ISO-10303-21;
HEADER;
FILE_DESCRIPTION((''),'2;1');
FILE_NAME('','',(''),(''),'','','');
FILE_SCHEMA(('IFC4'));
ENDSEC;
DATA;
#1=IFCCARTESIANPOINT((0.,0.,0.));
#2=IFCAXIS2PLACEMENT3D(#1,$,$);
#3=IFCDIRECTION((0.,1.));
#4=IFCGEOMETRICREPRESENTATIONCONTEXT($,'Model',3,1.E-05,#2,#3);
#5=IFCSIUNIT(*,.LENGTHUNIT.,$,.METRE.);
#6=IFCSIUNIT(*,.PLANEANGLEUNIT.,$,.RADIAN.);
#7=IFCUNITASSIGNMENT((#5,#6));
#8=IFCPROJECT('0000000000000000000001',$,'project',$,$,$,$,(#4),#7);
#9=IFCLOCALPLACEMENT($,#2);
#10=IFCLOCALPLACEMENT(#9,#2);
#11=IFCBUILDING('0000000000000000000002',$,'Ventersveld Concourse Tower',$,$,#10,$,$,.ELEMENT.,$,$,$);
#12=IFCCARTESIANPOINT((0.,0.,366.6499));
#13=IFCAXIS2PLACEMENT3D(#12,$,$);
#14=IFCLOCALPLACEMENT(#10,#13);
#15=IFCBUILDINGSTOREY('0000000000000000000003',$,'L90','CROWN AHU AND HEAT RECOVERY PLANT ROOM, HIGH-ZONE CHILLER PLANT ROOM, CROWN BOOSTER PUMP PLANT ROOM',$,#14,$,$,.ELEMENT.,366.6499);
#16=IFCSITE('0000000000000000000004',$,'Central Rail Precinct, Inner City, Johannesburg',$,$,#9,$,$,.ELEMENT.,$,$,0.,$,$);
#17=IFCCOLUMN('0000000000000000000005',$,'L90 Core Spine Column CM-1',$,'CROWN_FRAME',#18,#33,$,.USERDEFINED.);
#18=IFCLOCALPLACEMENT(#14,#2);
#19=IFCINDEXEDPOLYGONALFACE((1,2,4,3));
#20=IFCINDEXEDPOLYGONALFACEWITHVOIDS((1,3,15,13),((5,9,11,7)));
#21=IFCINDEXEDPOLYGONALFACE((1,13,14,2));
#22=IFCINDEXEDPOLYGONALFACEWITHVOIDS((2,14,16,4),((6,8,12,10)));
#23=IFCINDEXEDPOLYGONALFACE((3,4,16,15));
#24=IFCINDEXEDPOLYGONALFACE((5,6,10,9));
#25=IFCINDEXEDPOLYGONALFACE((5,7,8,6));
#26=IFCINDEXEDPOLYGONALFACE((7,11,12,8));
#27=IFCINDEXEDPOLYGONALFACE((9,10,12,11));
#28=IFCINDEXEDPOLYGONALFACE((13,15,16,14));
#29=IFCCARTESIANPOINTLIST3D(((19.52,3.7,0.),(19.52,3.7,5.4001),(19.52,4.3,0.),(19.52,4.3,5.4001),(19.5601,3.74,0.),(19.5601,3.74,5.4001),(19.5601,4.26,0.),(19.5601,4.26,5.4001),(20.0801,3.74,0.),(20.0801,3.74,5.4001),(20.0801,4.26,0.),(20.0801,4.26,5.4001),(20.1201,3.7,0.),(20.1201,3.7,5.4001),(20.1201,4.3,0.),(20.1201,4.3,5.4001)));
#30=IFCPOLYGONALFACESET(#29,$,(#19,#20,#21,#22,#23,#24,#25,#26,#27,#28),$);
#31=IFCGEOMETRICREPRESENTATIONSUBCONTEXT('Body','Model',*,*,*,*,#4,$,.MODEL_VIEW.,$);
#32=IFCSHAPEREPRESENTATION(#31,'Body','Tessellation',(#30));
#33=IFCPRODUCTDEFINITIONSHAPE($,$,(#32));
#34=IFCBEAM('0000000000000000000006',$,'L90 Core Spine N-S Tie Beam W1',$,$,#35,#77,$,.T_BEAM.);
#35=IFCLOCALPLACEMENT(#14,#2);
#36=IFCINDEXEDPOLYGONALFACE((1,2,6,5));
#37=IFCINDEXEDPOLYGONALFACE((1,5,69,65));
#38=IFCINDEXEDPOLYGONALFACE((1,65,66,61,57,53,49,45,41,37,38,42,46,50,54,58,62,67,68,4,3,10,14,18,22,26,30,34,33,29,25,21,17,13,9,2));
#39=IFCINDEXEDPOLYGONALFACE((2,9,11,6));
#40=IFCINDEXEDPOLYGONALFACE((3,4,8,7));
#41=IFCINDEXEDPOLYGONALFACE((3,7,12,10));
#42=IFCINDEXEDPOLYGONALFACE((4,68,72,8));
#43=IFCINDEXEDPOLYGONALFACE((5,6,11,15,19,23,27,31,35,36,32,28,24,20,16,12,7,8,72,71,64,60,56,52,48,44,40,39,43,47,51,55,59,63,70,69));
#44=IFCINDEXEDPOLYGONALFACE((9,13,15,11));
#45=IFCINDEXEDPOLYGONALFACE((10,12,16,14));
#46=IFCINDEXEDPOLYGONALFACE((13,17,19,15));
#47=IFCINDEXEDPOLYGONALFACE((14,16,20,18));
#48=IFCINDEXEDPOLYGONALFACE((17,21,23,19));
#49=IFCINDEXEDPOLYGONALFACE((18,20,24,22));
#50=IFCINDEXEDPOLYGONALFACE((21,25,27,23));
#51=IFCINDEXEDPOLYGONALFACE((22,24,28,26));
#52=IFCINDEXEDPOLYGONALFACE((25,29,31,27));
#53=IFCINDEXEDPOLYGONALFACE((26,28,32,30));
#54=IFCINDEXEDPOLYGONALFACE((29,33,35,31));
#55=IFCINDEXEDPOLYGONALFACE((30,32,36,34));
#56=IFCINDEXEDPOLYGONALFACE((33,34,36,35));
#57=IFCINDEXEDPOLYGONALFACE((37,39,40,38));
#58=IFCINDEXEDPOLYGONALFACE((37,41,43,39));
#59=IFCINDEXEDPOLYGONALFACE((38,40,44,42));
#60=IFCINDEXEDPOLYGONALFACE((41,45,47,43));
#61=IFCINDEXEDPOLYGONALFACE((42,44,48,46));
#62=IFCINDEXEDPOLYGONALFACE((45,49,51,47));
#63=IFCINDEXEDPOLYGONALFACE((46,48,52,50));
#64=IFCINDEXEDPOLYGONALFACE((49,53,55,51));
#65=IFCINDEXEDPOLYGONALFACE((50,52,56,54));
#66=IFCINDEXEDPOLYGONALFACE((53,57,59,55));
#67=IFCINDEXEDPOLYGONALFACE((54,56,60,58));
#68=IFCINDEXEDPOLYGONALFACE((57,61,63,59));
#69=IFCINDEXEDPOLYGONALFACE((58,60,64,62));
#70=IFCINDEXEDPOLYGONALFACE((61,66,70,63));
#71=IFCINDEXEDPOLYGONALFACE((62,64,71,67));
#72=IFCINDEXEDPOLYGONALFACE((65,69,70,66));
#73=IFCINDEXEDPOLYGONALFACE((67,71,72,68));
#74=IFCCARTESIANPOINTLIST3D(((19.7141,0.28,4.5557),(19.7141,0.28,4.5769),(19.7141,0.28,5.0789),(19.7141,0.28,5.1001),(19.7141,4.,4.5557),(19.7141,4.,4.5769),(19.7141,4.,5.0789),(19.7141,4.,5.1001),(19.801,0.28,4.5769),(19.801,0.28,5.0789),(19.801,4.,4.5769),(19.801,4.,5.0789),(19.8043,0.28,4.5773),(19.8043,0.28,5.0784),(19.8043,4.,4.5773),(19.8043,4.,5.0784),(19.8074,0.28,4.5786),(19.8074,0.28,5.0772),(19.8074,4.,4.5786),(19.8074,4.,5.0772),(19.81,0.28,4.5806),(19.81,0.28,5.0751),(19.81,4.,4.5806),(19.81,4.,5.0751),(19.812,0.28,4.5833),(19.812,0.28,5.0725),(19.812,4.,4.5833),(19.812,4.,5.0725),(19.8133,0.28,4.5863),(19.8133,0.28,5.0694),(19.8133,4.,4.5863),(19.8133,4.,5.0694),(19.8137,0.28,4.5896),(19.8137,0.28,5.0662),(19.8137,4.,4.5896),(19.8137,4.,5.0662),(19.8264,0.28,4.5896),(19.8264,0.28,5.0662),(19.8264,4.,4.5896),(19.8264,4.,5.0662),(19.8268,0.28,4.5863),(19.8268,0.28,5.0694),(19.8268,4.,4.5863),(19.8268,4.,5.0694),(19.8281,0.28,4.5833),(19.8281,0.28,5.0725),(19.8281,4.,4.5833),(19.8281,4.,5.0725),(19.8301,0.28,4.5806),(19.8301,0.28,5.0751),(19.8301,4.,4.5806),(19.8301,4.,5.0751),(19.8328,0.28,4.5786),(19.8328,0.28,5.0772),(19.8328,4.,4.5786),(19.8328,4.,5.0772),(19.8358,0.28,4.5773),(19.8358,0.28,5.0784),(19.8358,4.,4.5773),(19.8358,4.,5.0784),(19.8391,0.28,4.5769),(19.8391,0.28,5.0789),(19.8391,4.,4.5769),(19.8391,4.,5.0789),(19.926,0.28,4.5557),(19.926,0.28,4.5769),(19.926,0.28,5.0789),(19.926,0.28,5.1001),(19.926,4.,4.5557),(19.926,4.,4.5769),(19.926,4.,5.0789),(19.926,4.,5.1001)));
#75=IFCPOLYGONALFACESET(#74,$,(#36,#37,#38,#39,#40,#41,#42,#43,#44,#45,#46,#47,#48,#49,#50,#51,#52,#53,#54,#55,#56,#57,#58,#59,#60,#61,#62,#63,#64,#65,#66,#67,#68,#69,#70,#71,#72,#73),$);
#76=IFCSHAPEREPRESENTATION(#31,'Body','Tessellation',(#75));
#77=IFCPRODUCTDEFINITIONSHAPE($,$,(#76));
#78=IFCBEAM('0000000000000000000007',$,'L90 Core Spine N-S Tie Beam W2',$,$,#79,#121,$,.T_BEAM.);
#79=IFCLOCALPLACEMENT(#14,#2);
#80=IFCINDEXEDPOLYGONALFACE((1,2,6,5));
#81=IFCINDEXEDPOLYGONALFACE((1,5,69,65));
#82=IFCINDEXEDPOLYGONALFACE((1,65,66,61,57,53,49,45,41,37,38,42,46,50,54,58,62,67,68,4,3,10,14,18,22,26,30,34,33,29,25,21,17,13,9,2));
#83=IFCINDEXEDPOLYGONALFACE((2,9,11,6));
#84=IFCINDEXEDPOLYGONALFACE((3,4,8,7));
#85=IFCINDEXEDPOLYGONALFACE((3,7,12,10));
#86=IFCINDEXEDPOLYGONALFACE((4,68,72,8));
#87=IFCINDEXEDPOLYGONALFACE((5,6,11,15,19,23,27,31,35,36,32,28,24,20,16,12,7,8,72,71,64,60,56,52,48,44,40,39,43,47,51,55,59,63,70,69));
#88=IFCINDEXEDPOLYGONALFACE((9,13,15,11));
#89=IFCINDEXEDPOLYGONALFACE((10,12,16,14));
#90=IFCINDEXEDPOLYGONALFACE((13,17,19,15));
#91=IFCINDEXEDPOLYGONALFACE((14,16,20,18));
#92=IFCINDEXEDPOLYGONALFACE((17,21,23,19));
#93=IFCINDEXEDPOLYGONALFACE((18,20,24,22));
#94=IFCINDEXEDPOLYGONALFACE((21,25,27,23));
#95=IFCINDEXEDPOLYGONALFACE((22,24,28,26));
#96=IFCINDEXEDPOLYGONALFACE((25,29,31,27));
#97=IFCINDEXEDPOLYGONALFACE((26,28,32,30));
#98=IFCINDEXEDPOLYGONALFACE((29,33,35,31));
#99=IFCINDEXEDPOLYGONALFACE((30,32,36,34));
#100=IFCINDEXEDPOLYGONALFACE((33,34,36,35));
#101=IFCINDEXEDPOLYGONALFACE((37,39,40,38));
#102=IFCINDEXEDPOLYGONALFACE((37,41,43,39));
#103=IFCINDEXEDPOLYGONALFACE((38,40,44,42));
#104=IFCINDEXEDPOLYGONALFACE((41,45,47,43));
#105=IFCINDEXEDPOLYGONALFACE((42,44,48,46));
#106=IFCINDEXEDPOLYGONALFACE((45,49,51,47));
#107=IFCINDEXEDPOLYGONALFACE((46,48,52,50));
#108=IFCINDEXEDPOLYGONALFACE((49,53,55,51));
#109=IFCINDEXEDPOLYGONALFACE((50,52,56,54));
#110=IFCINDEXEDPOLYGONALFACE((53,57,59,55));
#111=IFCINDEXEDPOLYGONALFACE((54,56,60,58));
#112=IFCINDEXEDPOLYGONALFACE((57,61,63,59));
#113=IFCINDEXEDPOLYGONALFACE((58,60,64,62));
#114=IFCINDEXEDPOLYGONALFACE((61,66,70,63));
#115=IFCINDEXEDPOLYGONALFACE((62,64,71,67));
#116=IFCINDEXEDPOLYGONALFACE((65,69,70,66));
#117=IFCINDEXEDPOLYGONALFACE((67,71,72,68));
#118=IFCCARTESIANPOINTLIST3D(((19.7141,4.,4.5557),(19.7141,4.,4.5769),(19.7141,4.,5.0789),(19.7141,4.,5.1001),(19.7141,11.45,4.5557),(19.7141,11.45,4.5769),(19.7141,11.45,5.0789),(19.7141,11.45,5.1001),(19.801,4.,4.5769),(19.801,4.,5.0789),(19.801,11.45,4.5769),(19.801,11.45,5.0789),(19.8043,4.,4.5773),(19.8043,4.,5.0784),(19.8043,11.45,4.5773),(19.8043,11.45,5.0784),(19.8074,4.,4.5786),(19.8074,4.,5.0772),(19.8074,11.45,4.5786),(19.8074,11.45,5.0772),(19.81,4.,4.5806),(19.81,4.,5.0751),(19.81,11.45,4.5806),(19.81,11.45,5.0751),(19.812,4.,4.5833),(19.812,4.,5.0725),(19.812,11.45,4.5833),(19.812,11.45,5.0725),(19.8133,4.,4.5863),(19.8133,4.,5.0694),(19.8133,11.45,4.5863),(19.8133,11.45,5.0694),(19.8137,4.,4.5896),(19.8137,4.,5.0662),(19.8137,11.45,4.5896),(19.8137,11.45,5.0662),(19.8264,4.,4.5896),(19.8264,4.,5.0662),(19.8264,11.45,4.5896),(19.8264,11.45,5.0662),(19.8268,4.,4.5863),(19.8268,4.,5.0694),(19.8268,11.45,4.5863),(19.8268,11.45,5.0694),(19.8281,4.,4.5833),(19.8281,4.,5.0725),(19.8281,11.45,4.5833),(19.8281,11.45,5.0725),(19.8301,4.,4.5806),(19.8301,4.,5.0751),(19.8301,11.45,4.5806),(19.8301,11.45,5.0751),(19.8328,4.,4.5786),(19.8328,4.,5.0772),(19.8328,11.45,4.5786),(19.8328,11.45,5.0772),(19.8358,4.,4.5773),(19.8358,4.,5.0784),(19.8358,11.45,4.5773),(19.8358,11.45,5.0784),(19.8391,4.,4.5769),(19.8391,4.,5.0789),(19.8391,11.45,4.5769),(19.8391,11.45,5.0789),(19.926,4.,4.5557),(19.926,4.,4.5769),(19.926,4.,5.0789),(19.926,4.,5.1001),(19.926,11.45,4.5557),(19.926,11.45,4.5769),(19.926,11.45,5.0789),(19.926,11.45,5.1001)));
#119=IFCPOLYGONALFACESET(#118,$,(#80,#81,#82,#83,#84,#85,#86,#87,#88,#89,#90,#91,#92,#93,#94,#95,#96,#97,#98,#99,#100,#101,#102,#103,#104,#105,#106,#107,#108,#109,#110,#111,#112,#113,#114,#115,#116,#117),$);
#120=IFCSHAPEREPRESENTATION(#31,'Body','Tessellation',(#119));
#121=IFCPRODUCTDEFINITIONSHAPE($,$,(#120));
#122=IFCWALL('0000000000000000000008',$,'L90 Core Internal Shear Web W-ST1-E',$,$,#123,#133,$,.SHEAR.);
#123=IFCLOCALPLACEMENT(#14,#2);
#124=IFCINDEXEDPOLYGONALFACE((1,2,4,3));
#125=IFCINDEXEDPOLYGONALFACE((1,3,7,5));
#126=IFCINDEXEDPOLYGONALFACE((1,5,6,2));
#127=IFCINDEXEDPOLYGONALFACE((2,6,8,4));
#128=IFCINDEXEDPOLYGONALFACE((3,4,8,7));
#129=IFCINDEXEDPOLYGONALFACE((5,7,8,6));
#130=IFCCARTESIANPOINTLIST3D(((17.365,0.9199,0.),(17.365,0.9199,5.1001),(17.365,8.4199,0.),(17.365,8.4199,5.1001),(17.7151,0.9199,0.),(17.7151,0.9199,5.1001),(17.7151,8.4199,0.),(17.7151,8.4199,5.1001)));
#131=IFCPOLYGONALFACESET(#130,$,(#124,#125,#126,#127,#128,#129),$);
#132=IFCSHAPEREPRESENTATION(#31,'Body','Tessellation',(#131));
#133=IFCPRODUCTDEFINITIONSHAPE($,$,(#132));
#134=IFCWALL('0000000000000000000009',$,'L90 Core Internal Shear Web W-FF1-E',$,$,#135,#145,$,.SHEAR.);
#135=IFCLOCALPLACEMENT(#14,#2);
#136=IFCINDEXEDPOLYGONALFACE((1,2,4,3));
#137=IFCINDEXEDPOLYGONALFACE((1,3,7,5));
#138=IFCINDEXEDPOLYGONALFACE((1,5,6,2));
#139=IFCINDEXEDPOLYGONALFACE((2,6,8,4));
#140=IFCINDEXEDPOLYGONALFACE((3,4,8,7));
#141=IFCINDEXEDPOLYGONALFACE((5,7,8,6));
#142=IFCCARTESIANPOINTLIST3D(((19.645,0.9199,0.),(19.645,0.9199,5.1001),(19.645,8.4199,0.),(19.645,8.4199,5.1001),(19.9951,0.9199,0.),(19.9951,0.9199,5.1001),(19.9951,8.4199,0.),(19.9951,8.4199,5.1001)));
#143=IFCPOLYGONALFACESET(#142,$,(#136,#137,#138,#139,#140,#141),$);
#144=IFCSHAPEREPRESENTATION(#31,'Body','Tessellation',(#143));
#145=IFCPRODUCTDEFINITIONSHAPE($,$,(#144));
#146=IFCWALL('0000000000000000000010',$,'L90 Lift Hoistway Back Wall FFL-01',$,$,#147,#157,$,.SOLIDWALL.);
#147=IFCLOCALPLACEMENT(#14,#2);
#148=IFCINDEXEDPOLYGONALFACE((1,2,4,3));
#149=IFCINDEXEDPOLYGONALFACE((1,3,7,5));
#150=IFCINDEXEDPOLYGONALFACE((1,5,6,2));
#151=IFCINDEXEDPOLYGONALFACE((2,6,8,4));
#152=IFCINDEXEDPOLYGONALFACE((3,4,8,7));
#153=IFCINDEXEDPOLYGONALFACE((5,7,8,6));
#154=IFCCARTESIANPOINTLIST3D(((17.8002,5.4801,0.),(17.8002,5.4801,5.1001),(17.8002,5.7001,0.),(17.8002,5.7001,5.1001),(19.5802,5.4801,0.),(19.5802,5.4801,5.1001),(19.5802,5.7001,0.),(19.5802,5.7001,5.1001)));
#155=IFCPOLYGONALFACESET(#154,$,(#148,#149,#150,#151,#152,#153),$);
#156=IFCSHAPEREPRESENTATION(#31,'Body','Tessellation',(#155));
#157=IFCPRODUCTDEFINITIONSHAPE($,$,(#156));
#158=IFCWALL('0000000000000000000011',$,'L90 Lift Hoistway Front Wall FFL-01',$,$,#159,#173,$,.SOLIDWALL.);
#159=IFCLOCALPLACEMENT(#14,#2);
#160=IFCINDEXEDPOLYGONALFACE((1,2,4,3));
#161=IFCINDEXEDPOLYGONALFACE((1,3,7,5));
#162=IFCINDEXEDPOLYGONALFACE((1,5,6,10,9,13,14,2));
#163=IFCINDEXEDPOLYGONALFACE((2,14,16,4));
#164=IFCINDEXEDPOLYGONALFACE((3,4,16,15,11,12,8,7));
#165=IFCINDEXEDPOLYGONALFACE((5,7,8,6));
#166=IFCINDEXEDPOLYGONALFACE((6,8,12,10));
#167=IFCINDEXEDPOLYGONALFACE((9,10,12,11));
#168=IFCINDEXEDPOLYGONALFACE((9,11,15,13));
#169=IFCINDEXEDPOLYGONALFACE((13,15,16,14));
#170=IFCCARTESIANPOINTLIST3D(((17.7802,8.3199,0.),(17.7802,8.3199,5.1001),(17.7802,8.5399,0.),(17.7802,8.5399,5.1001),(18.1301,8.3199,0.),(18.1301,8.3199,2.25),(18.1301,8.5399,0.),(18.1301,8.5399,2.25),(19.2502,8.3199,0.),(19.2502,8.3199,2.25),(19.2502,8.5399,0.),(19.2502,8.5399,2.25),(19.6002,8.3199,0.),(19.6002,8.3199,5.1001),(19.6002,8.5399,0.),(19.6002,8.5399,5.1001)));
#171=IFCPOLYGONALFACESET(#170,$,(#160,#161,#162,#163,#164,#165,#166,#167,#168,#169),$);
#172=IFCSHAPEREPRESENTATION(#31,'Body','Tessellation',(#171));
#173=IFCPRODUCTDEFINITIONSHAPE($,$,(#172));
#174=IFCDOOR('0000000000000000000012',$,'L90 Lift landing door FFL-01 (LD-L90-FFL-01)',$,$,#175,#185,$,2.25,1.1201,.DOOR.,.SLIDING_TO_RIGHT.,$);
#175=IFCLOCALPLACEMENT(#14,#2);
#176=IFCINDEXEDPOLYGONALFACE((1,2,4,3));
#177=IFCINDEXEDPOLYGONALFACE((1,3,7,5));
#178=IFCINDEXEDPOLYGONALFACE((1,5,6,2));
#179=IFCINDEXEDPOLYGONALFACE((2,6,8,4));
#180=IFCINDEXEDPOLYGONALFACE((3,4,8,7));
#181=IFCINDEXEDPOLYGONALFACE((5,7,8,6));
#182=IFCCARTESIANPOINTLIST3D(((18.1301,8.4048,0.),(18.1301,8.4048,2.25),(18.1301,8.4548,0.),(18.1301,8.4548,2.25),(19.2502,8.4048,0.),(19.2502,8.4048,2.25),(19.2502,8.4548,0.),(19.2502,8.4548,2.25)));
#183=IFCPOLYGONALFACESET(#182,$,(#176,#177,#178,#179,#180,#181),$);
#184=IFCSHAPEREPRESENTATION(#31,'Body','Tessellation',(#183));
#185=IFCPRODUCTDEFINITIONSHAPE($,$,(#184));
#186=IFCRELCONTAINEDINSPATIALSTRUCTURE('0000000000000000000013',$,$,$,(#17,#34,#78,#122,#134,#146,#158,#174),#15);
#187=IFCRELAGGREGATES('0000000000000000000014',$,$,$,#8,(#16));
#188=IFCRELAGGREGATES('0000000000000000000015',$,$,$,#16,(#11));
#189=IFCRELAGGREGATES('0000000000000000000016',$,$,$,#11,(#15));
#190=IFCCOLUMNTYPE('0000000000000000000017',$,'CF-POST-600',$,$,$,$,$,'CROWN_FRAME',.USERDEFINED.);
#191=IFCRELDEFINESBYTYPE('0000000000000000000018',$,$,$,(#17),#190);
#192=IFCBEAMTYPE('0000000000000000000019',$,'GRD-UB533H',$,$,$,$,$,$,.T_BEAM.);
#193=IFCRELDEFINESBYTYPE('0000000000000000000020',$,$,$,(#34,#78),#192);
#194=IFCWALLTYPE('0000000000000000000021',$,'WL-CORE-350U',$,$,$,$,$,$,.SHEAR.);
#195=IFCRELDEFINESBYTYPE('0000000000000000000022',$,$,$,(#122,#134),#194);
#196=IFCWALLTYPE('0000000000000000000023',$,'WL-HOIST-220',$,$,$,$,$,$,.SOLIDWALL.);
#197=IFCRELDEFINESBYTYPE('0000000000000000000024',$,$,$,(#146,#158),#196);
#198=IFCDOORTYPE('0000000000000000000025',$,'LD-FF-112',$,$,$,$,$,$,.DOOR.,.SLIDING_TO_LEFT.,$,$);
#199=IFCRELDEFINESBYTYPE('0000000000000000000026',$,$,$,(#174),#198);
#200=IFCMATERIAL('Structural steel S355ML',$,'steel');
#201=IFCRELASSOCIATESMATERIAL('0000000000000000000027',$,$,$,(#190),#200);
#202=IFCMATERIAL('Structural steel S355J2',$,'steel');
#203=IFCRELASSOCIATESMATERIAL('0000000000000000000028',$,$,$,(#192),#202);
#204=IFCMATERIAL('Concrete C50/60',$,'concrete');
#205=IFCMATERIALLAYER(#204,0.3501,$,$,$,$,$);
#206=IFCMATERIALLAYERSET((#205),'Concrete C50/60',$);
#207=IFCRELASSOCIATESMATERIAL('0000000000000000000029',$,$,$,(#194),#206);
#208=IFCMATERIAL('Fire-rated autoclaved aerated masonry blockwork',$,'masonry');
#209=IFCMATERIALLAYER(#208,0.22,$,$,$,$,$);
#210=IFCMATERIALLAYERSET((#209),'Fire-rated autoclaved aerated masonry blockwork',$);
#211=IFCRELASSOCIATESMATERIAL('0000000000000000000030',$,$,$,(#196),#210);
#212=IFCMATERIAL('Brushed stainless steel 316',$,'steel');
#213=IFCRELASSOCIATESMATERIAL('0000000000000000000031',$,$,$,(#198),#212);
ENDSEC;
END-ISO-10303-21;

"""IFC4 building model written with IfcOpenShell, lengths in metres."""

from ifc_helpers import new_model, si_unit, direction, frame, frame_2d, origin, origin_2d, place, context, subcontext, project, spatial, rectangle, hollow_rectangle, i_section, extrude, material, layer, layer_set, material_profile, profile_set, type_object, element, fill, save


model = new_model("IFC4")

# Units and contexts
model_context = context("Model", 3, precision=1e-05, world=origin(), true_north=direction((0.0, 1.0)))
body_context = subcontext(model_context, "Body", "Model", "MODEL_VIEW")
ifc_project = project(units=[si_unit("LENGTHUNIT", "METRE"), si_unit("PLANEANGLEUNIT", "RADIAN")], contexts=[model_context])

# Site, building, storey
site_placement = place(None, origin())
site = spatial("IfcSite", under=ifc_project, at=site_placement, Name="Central Rail Precinct, Inner City, Johannesburg", CompositionType="ELEMENT", RefElevation=0.0)
building_placement = place(site_placement, origin())
building = spatial("IfcBuilding", under=site, at=building_placement, Name="Ventersveld Concourse Tower", CompositionType="ELEMENT")
storey_placement = place(building_placement, frame((0.0, 0.0, 366.6499)))
storey = spatial("IfcBuildingStorey", under=building, at=storey_placement, Name="L90", Description="CROWN AHU AND HEAT RECOVERY PLANT ROOM, HIGH-ZONE CHILLER PLANT ROOM, CROWN BOOSTER PUMP PLANT ROOM", CompositionType="ELEMENT", Elevation=366.6499)

# Column
ifc_material_1 = material(Name="Structural steel S355ML", Category="steel")
ifc_material_profile_1 = material_profile(ifc_material_1, hollow_rectangle(XDim=0.6001, YDim=0.6001, WallThickness=0.04, at=origin_2d()), Name="BOX 600x600x40")
ifc_profile_set_1 = profile_set([ifc_material_profile_1], Name="Structural steel S355ML")
column_type = type_object("IfcColumnType", Name="CF-POST-600", ElementType="CROWN_FRAME", PredefinedType="USERDEFINED", material=ifc_profile_set_1)
column_placement = place(storey_placement, frame((19.8201, 4.0, 0.0), z_axis=(0.0, 0.0, 1.0), x_axis=(1.0, 0.0, 0.0)))
element("IfcColumn", 1, at=column_placement, inside=storey, type_object=column_type, Name="L90 Core Spine Column CM-1", ObjectType="CROWN_FRAME", PredefinedType="USERDEFINED", context=body_context, shape_type="SweptSolid", body=[
    extrude(hollow_rectangle(XDim=0.6001, YDim=0.6001, WallThickness=0.04, at=origin_2d()), origin(), (0.0, 0.0, 1.0), 5.4001),
])

# Beams
ifc_material_2 = material(Name="Structural steel S355J2", Category="steel")
ifc_material_profile_2 = material_profile(ifc_material_2, i_section(OverallWidth=0.2119, OverallDepth=0.5444, WebThickness=0.0127, FlangeThickness=0.0212, FilletRadius=0.0127, at=origin_2d()), Name="UB 533x210x122")
ifc_profile_set_2 = profile_set([ifc_material_profile_2], Name="Structural steel S355J2")
beam_type = type_object("IfcBeamType", Name="GRD-UB533H", PredefinedType="T_BEAM", material=ifc_profile_set_2)
beam_1_placement = place(storey_placement, frame((19.8201, 0.28, 4.8279), z_axis=(0.0, 1.0, 0.0), x_axis=(-1.0, 0.0, 0.0)))
element("IfcBeam", 2, at=beam_1_placement, inside=storey, type_object=beam_type, Name="L90 Core Spine N-S Tie Beam W1", PredefinedType="T_BEAM", context=body_context, shape_type="SweptSolid", body=[
    extrude(i_section(OverallWidth=0.2119, OverallDepth=0.5444, WebThickness=0.0127, FlangeThickness=0.0212, FilletRadius=0.0127, at=origin_2d()), origin(), (0.0, 0.0, 1.0), 3.72),
])
beam_2_placement = place(storey_placement, frame((19.8201, 4.0, 4.8279), z_axis=(0.0, 1.0, 0.0), x_axis=(-1.0, 0.0, 0.0)))
element("IfcBeam", 3, at=beam_2_placement, inside=storey, type_object=beam_type, Name="L90 Core Spine N-S Tie Beam W2", PredefinedType="T_BEAM", context=body_context, shape_type="SweptSolid", body=[
    extrude(i_section(OverallWidth=0.2119, OverallDepth=0.5444, WebThickness=0.0127, FlangeThickness=0.0212, FilletRadius=0.0127, at=origin_2d()), origin(), (0.0, 0.0, 1.0), 7.45),
])

# Walls
ifc_material_3 = material(Name="Concrete C50/60", Category="concrete")
ifc_layer_1 = layer(ifc_material_3, 0.3501)
ifc_layer_set_1 = layer_set([ifc_layer_1], Name="Concrete C50/60")
wall_type_1 = type_object("IfcWallType", Name="WL-CORE-350U", PredefinedType="SHEAR", material=ifc_layer_set_1)
for number, where, z_axis, x_axis, name in (
    (4, (17.54, 0.9199, 0.0), (0.0, 0.0, 1.0), (0.0, 1.0, 0.0), "L90 Core Internal Shear Web W-ST1-E"),
    (5, (19.8201, 0.9199, 0.0), (0.0, 0.0, 1.0), (0.0, 1.0, 0.0), "L90 Core Internal Shear Web W-FF1-E"),
):
    element("IfcWall", number, at=place(storey_placement, frame(where, z_axis=z_axis, x_axis=x_axis)), inside=storey, type_object=wall_type_1, Name=name, PredefinedType="SHEAR", context=body_context, shape_type="SweptSolid", body=[
        extrude(rectangle(XDim=7.5, YDim=0.3501, at=frame_2d((3.75, 0.0))), origin(), (0.0, 0.0, 1.0), 5.1001),
    ])
ifc_material_4 = material(Name="Fire-rated autoclaved aerated masonry blockwork", Category="masonry")
ifc_layer_2 = layer(ifc_material_4, 0.22)
ifc_layer_set_2 = layer_set([ifc_layer_2], Name="Fire-rated autoclaved aerated masonry blockwork")
wall_type_2 = type_object("IfcWallType", Name="WL-HOIST-220", PredefinedType="SOLIDWALL", material=ifc_layer_set_2)
wall_1_placement = place(storey_placement, frame((17.8, 5.5901, 0.0), z_axis=(0.0, 0.0, 1.0), x_axis=(1.0, 0.0, 0.0)))
element("IfcWall", 6, at=wall_1_placement, inside=storey, type_object=wall_type_2, Name="L90 Lift Hoistway Back Wall FFL-01", PredefinedType="SOLIDWALL", context=body_context, shape_type="SweptSolid", body=[
    extrude(rectangle(XDim=1.78, YDim=0.22, at=frame_2d((0.8901, 0.0))), origin(), (0.0, 0.0, 1.0), 5.1001),
])

# Wall, opening, door
wall_2_placement = place(storey_placement, frame((17.78, 8.4299, 0.0), z_axis=(0.0, 0.0, 1.0), x_axis=(1.0, 0.0, 0.0)))
wall_2 = element("IfcWall", 7, at=wall_2_placement, inside=storey, type_object=wall_type_2, Name="L90 Lift Hoistway Front Wall FFL-01", PredefinedType="SOLIDWALL", context=body_context, shape_type="SweptSolid", body=[
    extrude(rectangle(XDim=1.8201, YDim=0.22, at=frame_2d((0.9102, 0.0))), origin(), (0.0, 0.0, 1.0), 5.1001),
])
opening_1_placement = place(wall_2_placement, frame((0.3501, 0.0, 0.0)))
opening_1 = element("IfcOpeningElement", 8, at=opening_1_placement, cuts=wall_2, PredefinedType="OPENING", context=body_context, shape_type="SweptSolid", body=[
    extrude(rectangle(XDim=1.1201, YDim=2.25, at=frame_2d((0.5601, 1.125))), frame((0.0, 0.1201, 0.0), z_axis=(0.0, -1.0, 0.0), x_axis=(1.0, 0.0, 0.0)), (0.0, 0.0, 1.0), 0.24),
])
ifc_material_5 = material(Name="Brushed stainless steel 316", Category="steel")
door_type_1 = type_object("IfcDoorType", Name="LD-FF-112", OperationType="SLIDING_TO_LEFT", PredefinedType="DOOR", material=ifc_material_5)
door_1_placement = place(opening_1_placement, origin())
door_1 = element("IfcDoor", 9, at=door_1_placement, inside=storey, type_object=door_type_1, Name="L90 Lift landing door FFL-01 (LD-L90-FFL-01)", OperationType="SLIDING_TO_RIGHT", OverallHeight=2.25, OverallWidth=1.1201, PredefinedType="DOOR", context=body_context, shape_type="SweptSolid", body=[
    extrude(rectangle(XDim=1.1201, YDim=2.25, at=frame_2d((0.5601, 1.125))), frame((0.0, 0.0249, 0.0), z_axis=(0.0, -1.0, 0.0), x_axis=(1.0, 0.0, 0.0)), (0.0, 0.0, 1.0), 0.05),
])
fill(opening_1, door_1)

save(model, "model.ifc")
